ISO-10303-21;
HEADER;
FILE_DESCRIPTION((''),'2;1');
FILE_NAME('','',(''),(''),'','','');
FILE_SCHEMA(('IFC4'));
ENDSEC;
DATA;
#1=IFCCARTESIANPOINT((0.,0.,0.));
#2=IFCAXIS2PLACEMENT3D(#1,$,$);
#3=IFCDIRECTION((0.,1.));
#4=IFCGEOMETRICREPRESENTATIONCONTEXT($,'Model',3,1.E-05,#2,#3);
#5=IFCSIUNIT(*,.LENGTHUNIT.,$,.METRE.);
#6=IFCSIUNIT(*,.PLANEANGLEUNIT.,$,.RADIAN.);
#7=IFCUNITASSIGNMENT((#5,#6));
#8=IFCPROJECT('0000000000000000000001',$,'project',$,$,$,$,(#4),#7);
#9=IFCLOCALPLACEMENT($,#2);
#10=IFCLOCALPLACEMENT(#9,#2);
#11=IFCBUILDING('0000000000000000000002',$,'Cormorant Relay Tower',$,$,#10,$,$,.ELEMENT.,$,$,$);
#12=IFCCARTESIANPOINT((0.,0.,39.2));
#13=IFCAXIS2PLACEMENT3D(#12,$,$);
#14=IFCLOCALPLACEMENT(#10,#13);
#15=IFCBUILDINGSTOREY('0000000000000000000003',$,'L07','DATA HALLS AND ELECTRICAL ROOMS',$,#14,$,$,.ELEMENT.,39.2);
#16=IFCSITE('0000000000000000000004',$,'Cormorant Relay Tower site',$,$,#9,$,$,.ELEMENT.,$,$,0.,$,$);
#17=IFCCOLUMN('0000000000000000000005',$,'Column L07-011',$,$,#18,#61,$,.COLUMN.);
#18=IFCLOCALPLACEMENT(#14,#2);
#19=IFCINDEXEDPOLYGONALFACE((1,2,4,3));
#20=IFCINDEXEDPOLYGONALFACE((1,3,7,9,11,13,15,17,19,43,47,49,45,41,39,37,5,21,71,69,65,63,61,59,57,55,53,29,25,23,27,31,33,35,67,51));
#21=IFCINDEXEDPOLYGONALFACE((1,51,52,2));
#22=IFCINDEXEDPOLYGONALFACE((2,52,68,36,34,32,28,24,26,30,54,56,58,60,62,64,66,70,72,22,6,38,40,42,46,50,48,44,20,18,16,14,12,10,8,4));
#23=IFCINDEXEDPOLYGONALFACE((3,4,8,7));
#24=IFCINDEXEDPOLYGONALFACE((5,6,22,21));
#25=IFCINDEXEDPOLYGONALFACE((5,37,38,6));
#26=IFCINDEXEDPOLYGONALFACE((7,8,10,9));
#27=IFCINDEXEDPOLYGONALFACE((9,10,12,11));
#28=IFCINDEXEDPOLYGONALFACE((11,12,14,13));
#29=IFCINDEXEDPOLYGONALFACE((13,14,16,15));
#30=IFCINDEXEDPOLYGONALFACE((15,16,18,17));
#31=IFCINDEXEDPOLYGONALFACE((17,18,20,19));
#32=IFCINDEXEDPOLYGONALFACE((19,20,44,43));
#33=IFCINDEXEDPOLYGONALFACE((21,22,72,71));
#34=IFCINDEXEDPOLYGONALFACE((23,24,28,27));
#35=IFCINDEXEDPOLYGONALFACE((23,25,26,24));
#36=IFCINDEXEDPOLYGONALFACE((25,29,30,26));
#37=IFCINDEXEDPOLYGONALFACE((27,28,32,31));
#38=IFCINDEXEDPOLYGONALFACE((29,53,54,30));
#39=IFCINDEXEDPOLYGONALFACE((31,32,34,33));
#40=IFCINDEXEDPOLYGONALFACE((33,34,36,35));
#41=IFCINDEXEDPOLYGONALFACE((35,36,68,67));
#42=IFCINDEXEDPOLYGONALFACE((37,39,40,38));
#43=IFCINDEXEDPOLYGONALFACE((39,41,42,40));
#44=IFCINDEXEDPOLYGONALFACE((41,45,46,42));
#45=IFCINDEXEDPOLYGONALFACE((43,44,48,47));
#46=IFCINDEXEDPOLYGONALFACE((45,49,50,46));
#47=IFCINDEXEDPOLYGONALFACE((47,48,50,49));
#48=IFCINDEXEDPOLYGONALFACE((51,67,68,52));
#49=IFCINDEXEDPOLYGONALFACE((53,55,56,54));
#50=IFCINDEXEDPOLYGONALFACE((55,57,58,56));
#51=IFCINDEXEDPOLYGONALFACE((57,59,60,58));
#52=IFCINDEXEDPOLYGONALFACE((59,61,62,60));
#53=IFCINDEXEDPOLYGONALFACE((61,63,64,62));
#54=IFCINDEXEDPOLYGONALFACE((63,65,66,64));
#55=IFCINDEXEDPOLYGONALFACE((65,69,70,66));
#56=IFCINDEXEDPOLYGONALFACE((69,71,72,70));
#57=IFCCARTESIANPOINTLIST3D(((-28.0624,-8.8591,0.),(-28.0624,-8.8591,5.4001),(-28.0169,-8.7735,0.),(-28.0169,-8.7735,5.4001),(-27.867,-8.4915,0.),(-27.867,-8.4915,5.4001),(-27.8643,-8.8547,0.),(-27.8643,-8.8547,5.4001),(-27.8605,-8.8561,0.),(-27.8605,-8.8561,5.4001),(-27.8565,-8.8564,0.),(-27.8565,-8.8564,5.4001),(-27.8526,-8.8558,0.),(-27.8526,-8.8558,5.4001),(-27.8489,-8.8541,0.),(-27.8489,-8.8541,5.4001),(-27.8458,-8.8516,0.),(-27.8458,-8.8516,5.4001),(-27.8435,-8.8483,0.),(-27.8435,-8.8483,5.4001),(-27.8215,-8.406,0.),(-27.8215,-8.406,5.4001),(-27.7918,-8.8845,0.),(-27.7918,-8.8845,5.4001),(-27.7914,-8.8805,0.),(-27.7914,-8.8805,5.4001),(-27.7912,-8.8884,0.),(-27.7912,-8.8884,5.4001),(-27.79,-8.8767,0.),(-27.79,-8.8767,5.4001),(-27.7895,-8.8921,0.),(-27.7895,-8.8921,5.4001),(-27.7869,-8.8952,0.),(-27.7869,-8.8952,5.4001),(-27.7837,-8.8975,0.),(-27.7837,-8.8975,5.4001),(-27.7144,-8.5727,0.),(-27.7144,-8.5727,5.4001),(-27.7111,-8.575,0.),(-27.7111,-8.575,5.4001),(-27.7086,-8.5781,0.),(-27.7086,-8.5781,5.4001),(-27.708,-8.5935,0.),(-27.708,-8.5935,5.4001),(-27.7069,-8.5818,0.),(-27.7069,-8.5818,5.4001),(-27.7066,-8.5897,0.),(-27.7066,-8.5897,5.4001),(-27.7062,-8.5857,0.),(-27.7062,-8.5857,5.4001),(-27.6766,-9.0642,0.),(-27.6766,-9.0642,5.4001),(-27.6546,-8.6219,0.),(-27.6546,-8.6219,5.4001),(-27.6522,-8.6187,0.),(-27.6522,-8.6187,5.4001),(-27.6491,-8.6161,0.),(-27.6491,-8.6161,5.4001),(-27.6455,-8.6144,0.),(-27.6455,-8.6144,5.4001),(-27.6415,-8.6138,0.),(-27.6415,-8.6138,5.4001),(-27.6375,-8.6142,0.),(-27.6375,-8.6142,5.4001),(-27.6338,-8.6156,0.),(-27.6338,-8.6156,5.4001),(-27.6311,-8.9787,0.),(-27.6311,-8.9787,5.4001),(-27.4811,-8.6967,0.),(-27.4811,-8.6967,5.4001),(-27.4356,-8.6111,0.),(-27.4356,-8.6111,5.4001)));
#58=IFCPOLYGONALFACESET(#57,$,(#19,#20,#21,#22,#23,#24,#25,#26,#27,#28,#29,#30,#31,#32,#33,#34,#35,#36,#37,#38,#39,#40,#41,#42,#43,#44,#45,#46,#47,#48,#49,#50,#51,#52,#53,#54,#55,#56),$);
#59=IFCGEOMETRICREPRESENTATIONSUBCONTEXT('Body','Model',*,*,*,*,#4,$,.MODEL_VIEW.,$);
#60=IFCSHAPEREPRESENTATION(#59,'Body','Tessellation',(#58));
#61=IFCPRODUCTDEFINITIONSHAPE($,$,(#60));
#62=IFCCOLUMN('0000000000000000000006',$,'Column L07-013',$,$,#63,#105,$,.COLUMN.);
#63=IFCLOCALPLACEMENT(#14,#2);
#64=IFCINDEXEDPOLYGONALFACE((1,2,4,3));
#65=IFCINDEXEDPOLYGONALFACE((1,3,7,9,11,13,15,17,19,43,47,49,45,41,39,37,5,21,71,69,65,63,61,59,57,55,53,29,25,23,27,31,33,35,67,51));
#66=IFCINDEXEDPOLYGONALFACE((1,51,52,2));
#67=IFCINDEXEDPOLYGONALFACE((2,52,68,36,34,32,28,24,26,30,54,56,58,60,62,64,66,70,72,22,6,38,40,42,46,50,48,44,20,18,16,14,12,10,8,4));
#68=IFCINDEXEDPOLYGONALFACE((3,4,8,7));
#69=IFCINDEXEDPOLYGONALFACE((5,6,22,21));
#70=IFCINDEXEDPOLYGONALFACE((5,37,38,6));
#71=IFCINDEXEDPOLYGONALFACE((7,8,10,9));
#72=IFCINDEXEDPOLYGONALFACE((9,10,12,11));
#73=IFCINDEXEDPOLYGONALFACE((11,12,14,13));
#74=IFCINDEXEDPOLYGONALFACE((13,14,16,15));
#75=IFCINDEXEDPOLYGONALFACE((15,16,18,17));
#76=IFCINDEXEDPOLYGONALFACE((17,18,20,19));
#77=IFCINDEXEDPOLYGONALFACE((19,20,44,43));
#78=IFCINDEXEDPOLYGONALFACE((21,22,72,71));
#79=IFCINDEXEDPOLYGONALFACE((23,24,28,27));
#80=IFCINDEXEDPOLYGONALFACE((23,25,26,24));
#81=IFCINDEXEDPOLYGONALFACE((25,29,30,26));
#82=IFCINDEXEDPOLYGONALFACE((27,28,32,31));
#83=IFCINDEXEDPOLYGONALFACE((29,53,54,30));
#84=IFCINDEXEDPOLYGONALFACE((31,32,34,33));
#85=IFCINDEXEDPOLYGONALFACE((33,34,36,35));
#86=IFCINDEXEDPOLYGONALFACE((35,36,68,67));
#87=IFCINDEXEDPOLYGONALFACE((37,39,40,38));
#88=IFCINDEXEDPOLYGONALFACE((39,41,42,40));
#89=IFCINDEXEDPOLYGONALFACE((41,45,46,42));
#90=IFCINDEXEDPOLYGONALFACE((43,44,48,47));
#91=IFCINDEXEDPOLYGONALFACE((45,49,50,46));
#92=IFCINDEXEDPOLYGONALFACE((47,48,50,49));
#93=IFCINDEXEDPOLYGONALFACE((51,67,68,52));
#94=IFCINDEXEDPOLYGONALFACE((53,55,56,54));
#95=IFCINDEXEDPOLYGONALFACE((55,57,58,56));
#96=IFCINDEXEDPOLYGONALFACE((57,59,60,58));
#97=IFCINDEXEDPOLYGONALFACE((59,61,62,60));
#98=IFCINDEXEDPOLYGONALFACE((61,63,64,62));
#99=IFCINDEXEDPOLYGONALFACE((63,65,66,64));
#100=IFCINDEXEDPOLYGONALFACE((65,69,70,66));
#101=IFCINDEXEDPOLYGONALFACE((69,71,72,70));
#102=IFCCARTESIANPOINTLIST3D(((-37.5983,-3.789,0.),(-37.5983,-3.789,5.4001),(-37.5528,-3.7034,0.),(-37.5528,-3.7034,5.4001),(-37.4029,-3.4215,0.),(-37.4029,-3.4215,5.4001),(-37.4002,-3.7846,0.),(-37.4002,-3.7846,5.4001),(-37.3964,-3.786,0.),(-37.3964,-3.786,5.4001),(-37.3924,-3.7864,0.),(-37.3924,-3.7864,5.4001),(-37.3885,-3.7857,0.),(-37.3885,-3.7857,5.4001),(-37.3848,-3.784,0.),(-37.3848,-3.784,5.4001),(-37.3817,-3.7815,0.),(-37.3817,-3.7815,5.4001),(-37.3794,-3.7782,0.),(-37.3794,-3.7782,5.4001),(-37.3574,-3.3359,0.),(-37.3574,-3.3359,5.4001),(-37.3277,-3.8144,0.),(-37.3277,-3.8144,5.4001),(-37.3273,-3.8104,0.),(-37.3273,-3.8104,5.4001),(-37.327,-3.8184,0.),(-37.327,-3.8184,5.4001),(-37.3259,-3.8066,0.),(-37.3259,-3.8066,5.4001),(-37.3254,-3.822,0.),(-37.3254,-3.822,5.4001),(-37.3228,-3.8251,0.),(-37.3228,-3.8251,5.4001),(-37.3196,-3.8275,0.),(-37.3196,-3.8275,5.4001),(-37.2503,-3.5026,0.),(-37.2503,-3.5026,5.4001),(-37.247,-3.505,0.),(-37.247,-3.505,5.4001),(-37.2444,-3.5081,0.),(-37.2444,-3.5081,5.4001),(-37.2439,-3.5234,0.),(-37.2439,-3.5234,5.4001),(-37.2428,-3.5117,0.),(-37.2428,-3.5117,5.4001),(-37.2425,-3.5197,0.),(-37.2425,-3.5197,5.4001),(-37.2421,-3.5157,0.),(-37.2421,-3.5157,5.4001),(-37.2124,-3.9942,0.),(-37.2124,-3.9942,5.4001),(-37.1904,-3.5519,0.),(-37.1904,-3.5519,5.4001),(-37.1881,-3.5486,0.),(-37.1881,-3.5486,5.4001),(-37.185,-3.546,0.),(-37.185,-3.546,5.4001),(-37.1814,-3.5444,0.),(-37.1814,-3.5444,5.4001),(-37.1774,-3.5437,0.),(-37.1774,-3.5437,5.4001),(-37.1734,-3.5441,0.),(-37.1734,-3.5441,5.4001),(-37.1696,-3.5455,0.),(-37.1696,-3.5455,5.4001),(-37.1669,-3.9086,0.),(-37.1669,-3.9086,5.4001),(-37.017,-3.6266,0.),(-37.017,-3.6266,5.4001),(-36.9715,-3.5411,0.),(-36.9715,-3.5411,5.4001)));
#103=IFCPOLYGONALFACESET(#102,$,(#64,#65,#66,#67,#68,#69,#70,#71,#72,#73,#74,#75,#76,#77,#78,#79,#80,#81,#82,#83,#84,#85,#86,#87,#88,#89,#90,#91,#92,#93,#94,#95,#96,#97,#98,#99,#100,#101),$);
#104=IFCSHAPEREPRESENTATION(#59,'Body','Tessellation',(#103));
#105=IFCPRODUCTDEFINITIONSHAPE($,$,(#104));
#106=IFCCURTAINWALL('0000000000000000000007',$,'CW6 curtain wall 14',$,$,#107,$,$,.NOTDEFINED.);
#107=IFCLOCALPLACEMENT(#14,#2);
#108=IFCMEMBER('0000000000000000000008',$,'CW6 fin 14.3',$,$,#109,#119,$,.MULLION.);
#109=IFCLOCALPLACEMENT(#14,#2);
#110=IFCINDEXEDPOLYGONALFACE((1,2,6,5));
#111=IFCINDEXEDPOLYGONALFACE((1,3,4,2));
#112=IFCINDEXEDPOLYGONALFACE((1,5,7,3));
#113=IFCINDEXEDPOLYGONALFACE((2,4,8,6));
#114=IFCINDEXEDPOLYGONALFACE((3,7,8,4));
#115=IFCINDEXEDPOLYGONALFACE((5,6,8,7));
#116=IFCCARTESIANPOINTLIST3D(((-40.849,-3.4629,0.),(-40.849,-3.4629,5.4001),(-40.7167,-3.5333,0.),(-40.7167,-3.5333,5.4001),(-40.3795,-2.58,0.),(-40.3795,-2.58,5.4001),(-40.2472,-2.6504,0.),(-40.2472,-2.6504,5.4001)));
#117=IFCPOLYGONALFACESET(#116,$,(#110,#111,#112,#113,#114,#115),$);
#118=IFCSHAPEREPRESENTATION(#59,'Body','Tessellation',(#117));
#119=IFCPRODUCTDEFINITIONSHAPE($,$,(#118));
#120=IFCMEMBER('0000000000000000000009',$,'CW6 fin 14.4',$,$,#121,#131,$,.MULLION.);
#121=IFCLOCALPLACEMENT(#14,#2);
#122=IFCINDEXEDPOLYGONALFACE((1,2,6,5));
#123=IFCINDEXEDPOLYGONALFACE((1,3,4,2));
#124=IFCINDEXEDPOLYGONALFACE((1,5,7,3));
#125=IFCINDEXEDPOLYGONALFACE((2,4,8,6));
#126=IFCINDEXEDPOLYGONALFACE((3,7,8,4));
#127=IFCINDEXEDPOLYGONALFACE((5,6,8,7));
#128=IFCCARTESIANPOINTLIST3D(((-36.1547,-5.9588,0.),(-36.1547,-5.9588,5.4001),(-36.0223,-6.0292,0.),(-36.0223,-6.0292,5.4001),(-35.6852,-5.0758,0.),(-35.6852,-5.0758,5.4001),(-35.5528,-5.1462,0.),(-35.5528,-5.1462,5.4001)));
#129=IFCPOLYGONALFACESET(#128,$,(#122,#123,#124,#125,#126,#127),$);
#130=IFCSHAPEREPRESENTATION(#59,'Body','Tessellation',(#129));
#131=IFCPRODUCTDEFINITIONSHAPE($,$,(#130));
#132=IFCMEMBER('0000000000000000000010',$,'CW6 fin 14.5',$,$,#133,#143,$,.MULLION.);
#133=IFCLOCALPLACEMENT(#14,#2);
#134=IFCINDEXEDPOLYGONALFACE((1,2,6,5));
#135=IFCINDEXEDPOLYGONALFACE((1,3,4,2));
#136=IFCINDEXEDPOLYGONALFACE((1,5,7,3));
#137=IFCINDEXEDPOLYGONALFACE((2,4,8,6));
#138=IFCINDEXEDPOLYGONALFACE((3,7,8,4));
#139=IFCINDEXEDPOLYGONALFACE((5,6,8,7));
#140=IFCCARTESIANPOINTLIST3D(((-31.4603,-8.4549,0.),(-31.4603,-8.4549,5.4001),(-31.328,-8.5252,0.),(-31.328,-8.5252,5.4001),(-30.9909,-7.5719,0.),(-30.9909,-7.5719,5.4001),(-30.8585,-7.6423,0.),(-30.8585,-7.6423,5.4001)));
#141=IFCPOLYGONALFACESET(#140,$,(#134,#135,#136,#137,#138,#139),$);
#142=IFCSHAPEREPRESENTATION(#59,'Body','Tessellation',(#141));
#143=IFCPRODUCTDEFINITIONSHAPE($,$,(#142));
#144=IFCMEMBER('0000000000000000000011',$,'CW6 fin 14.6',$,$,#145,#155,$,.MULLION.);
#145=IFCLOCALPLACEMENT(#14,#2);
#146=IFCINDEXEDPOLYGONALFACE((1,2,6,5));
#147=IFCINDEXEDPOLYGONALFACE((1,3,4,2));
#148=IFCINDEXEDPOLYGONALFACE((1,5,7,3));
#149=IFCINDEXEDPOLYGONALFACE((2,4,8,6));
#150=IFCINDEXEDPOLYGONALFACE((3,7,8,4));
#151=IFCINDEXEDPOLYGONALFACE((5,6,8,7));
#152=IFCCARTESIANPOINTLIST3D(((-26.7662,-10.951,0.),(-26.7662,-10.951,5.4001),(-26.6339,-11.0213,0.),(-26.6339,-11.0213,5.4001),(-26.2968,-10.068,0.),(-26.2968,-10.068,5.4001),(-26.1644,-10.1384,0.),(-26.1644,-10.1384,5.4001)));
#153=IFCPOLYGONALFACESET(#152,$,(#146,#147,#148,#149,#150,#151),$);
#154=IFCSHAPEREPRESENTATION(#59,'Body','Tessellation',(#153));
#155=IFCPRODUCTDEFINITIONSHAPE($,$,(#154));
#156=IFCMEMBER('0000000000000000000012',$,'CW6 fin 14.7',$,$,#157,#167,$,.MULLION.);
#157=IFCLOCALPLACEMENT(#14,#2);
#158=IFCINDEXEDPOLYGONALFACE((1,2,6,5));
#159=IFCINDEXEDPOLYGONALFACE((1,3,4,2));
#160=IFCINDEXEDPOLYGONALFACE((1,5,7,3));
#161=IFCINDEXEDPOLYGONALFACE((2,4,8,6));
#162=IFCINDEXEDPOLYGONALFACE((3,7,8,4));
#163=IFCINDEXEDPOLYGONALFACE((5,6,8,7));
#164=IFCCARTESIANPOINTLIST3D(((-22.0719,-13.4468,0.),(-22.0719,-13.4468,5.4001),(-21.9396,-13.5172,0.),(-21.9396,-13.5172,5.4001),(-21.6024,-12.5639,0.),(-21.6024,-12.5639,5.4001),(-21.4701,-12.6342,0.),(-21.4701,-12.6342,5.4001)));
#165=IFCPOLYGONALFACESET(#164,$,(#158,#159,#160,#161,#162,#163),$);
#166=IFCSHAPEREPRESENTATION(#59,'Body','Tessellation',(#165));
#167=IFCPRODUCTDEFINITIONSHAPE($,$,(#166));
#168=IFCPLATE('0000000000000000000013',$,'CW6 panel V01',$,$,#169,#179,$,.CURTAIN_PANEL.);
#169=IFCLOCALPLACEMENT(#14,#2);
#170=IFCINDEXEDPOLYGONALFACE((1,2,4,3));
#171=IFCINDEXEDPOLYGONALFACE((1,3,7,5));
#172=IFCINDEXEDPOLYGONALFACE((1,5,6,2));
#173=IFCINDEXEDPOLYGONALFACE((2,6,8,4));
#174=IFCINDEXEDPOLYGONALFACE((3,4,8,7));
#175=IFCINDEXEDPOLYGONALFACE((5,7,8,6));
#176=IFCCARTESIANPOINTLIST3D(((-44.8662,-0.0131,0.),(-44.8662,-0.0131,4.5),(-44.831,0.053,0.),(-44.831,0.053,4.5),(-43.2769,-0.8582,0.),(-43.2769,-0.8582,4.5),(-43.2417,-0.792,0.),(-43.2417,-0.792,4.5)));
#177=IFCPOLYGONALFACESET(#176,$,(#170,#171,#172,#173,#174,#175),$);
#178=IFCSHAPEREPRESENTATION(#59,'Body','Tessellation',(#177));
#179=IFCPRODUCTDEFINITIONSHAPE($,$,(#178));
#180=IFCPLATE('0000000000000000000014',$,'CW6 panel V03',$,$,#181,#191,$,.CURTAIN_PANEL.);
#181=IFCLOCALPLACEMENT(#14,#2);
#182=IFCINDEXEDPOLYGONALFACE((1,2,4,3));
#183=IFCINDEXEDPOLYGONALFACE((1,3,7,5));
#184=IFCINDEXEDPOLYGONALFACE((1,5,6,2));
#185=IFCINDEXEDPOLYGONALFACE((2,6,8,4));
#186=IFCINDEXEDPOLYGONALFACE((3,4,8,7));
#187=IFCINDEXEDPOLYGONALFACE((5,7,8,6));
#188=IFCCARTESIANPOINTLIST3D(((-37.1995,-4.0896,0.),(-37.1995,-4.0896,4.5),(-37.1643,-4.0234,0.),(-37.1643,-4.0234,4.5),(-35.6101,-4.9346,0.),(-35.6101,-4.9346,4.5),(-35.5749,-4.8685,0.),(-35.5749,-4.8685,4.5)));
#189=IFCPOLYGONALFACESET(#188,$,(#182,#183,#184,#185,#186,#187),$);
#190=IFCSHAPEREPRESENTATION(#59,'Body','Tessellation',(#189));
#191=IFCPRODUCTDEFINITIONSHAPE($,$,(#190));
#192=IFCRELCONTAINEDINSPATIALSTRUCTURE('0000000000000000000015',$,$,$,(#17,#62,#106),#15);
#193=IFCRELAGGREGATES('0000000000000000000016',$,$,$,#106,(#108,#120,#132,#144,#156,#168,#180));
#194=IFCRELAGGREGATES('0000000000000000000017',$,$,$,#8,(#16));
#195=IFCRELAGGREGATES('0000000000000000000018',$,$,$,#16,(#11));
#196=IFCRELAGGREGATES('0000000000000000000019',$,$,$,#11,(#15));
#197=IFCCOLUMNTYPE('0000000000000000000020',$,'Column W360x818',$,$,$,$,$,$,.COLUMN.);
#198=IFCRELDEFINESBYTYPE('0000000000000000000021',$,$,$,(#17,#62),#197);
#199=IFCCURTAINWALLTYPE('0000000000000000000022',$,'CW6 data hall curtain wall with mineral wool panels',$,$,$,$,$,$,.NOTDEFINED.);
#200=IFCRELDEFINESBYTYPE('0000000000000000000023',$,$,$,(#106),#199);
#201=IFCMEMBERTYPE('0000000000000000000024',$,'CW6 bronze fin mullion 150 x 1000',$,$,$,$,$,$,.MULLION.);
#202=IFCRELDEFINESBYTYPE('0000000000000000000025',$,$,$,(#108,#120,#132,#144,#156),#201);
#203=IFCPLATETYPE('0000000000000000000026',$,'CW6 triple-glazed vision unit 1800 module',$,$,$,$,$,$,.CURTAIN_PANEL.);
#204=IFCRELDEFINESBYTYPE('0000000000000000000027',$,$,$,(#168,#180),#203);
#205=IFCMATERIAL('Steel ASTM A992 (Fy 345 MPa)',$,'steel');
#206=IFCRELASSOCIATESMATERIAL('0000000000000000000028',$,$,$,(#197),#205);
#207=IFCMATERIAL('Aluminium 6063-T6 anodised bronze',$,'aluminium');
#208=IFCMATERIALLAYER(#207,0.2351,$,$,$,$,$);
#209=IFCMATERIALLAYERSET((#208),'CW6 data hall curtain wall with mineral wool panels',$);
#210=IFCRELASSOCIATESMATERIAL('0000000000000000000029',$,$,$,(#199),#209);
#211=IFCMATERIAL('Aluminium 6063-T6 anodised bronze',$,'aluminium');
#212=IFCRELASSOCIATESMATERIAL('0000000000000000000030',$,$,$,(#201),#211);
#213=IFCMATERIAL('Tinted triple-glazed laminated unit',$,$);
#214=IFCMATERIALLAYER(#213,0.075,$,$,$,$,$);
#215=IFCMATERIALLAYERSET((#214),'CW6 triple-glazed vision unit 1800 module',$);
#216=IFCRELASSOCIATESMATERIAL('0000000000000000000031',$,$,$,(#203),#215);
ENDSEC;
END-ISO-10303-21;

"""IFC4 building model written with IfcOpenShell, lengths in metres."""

from ifc_helpers import new_model, si_unit, direction, frame, origin, origin_2d, place, context, subcontext, project, spatial, rectangle, i_section, extrude, material, layer, layer_set, material_profile, profile_set, type_object, element, aggregate, save


model = new_model("IFC4")

# Units and contexts
model_context = context("Model", 3, precision=1e-05, world=origin(), true_north=direction((0.0, 1.0)))
body_context = subcontext(model_context, "Body", "Model", "MODEL_VIEW")
ifc_project = project(units=[si_unit("LENGTHUNIT", "METRE"), si_unit("PLANEANGLEUNIT", "RADIAN")], contexts=[model_context])

# Site, building, storey
site_placement = place(None, origin())
site = spatial("IfcSite", under=ifc_project, at=site_placement, Name="Cormorant Relay Tower site", CompositionType="ELEMENT", RefElevation=0.0)
building_placement = place(site_placement, origin())
building = spatial("IfcBuilding", under=site, at=building_placement, Name="Cormorant Relay Tower", CompositionType="ELEMENT")
storey_placement = place(building_placement, frame((0.0, 0.0, 39.2)))
storey = spatial("IfcBuildingStorey", under=building, at=storey_placement, Name="L07", Description="DATA HALLS AND ELECTRICAL ROOMS", CompositionType="ELEMENT", Elevation=39.2)

# Columns
ifc_material_1 = material(Name="Steel ASTM A992 (Fy 345 MPa)", Category="steel")
ifc_material_profile_1 = material_profile(ifc_material_1, i_section(OverallWidth=0.437, OverallDepth=0.5132, WebThickness=0.0605, FlangeThickness=0.0969, FilletRadius=0.0154, at=origin_2d()), Name="W360x818")
ifc_profile_set_1 = profile_set([ifc_material_profile_1], Name="Steel ASTM A992 (Fy 345 MPa)")
column_type = type_object("IfcColumnType", Name="Column W360x818", PredefinedType="COLUMN", material=ifc_profile_set_1)
for number, where, z_axis, x_axis, name in (
    (1, (-27.749, -8.7351, 0.0), (0.0, 0.0, 1.0), (0.882948, -0.469472, 0.0), "Column L07-011"),
    (2, (-37.2849, -3.665, 0.0), (0.0, 0.0, 1.0), (0.882948, -0.469472, 0.0), "Column L07-013"),
):
    element("IfcColumn", number, at=place(storey_placement, frame(where, z_axis=z_axis, x_axis=x_axis)), inside=storey, type_object=column_type, Name=name, PredefinedType="COLUMN", context=body_context, shape_type="SweptSolid", body=[
        extrude(i_section(OverallWidth=0.437, OverallDepth=0.5132, WebThickness=0.0605, FlangeThickness=0.0969, FilletRadius=0.0154, at=origin_2d()), origin(), (0.0, 0.0, 1.0), 5.4001),
    ])

# Curtain wall, members, plates
ifc_material_2 = material(Name="Aluminium 6063-T6 anodised bronze", Category="aluminium")
ifc_layer_1 = layer(ifc_material_2, 0.2351)
ifc_layer_set_1 = layer_set([ifc_layer_1], Name="CW6 data hall curtain wall with mineral wool panels")
curtain_wall_type = type_object("IfcCurtainWallType", Name="CW6 data hall curtain wall with mineral wool panels", PredefinedType="NOTDEFINED", material=ifc_layer_set_1)
curtain_wall_placement = place(storey_placement, origin())
curtain_wall = element("IfcCurtainWall", 3, at=curtain_wall_placement, inside=storey, type_object=curtain_wall_type, Name="CW6 curtain wall 14", PredefinedType="NOTDEFINED")
ifc_material_3 = material(Name="Aluminium 6063-T6 anodised bronze", Category="aluminium")
ifc_material_profile_2 = material_profile(ifc_material_3, rectangle(XDim=0.1499, YDim=1.0, at=origin_2d()), Name="AL 150x1000")
ifc_profile_set_2 = profile_set([ifc_material_profile_2], Name="Aluminium 6063-T6 anodised bronze")
member_type = type_object("IfcMemberType", Name="CW6 bronze fin mullion 150 x 1000", PredefinedType="MULLION", material=ifc_profile_set_2)
member_1_placement = place(storey_placement, frame((-40.5481, -3.0566, 0.0), z_axis=(0.0, 0.0, 1.0), x_axis=(0.882948, -0.469472, 0.0)))
member_1 = element("IfcMember", 4, at=member_1_placement, type_object=member_type, Name="CW6 fin 14.3", PredefinedType="MULLION", context=body_context, shape_type="SweptSolid", body=[
    extrude(rectangle(XDim=0.1499, YDim=1.0, at=origin_2d()), origin(), (0.0, 0.0, 1.0), 5.4001),
])
member_2_placement = place(storey_placement, frame((-35.8538, -5.5525, 0.0), z_axis=(0.0, 0.0, 1.0), x_axis=(0.882948, -0.469472, 0.0)))
member_2 = element("IfcMember", 5, at=member_2_placement, type_object=member_type, Name="CW6 fin 14.4", PredefinedType="MULLION", context=body_context, shape_type="SweptSolid", body=[
    extrude(rectangle(XDim=0.1499, YDim=1.0, at=origin_2d()), origin(), (0.0, 0.0, 1.0), 5.4001),
])
member_3_placement = place(storey_placement, frame((-31.1594, -8.0486, 0.0), z_axis=(0.0, 0.0, 1.0), x_axis=(0.882948, -0.469472, 0.0)))
member_3 = element("IfcMember", 6, at=member_3_placement, type_object=member_type, Name="CW6 fin 14.5", PredefinedType="MULLION", context=body_context, shape_type="SweptSolid", body=[
    extrude(rectangle(XDim=0.1499, YDim=1.0, at=origin_2d()), origin(), (0.0, 0.0, 1.0), 5.4001),
])
member_4_placement = place(storey_placement, frame((-26.4653, -10.5447, 0.0), z_axis=(0.0, 0.0, 1.0), x_axis=(0.882948, -0.469472, 0.0)))
member_4 = element("IfcMember", 7, at=member_4_placement, type_object=member_type, Name="CW6 fin 14.6", PredefinedType="MULLION", context=body_context, shape_type="SweptSolid", body=[
    extrude(rectangle(XDim=0.1499, YDim=1.0, at=origin_2d()), origin(), (0.0, 0.0, 1.0), 5.4001),
])
member_5_placement = place(storey_placement, frame((-21.771, -13.0405, 0.0), z_axis=(0.0, 0.0, 1.0), x_axis=(0.882948, -0.469472, 0.0)))
member_5 = element("IfcMember", 8, at=member_5_placement, type_object=member_type, Name="CW6 fin 14.7", PredefinedType="MULLION", context=body_context, shape_type="SweptSolid", body=[
    extrude(rectangle(XDim=0.1499, YDim=1.0, at=origin_2d()), origin(), (0.0, 0.0, 1.0), 5.4001),
])
ifc_material_4 = material(Name="Tinted triple-glazed laminated unit")
ifc_layer_2 = layer(ifc_material_4, 0.075)
ifc_layer_set_2 = layer_set([ifc_layer_2], Name="CW6 triple-glazed vision unit 1800 module")
plate_type = type_object("IfcPlateType", Name="CW6 triple-glazed vision unit 1800 module", PredefinedType="CURTAIN_PANEL", material=ifc_layer_set_2)
plate_1_placement = place(storey_placement, frame((-44.054, -0.4026, 0.0), z_axis=(0.0, 0.0, 1.0), x_axis=(0.882948, -0.469472, 0.0)))
plate_1 = element("IfcPlate", 9, at=plate_1_placement, type_object=plate_type, Name="CW6 panel V01", PredefinedType="CURTAIN_PANEL", context=body_context, shape_type="SweptSolid", body=[
    extrude(rectangle(XDim=1.8, YDim=0.075, at=origin_2d()), origin(), (0.0, 0.0, 1.0), 4.5),
])
plate_2_placement = place(storey_placement, frame((-36.3872, -4.479, 0.0), z_axis=(0.0, 0.0, 1.0), x_axis=(0.882948, -0.469472, 0.0)))
plate_2 = element("IfcPlate", 10, at=plate_2_placement, type_object=plate_type, Name="CW6 panel V03", PredefinedType="CURTAIN_PANEL", context=body_context, shape_type="SweptSolid", body=[
    extrude(rectangle(XDim=1.8, YDim=0.075, at=origin_2d()), origin(), (0.0, 0.0, 1.0), 4.5),
])

aggregate(curtain_wall, [member_1, member_2, member_3, member_4, member_5, plate_1, plate_2])

save(model, "model.ifc")
